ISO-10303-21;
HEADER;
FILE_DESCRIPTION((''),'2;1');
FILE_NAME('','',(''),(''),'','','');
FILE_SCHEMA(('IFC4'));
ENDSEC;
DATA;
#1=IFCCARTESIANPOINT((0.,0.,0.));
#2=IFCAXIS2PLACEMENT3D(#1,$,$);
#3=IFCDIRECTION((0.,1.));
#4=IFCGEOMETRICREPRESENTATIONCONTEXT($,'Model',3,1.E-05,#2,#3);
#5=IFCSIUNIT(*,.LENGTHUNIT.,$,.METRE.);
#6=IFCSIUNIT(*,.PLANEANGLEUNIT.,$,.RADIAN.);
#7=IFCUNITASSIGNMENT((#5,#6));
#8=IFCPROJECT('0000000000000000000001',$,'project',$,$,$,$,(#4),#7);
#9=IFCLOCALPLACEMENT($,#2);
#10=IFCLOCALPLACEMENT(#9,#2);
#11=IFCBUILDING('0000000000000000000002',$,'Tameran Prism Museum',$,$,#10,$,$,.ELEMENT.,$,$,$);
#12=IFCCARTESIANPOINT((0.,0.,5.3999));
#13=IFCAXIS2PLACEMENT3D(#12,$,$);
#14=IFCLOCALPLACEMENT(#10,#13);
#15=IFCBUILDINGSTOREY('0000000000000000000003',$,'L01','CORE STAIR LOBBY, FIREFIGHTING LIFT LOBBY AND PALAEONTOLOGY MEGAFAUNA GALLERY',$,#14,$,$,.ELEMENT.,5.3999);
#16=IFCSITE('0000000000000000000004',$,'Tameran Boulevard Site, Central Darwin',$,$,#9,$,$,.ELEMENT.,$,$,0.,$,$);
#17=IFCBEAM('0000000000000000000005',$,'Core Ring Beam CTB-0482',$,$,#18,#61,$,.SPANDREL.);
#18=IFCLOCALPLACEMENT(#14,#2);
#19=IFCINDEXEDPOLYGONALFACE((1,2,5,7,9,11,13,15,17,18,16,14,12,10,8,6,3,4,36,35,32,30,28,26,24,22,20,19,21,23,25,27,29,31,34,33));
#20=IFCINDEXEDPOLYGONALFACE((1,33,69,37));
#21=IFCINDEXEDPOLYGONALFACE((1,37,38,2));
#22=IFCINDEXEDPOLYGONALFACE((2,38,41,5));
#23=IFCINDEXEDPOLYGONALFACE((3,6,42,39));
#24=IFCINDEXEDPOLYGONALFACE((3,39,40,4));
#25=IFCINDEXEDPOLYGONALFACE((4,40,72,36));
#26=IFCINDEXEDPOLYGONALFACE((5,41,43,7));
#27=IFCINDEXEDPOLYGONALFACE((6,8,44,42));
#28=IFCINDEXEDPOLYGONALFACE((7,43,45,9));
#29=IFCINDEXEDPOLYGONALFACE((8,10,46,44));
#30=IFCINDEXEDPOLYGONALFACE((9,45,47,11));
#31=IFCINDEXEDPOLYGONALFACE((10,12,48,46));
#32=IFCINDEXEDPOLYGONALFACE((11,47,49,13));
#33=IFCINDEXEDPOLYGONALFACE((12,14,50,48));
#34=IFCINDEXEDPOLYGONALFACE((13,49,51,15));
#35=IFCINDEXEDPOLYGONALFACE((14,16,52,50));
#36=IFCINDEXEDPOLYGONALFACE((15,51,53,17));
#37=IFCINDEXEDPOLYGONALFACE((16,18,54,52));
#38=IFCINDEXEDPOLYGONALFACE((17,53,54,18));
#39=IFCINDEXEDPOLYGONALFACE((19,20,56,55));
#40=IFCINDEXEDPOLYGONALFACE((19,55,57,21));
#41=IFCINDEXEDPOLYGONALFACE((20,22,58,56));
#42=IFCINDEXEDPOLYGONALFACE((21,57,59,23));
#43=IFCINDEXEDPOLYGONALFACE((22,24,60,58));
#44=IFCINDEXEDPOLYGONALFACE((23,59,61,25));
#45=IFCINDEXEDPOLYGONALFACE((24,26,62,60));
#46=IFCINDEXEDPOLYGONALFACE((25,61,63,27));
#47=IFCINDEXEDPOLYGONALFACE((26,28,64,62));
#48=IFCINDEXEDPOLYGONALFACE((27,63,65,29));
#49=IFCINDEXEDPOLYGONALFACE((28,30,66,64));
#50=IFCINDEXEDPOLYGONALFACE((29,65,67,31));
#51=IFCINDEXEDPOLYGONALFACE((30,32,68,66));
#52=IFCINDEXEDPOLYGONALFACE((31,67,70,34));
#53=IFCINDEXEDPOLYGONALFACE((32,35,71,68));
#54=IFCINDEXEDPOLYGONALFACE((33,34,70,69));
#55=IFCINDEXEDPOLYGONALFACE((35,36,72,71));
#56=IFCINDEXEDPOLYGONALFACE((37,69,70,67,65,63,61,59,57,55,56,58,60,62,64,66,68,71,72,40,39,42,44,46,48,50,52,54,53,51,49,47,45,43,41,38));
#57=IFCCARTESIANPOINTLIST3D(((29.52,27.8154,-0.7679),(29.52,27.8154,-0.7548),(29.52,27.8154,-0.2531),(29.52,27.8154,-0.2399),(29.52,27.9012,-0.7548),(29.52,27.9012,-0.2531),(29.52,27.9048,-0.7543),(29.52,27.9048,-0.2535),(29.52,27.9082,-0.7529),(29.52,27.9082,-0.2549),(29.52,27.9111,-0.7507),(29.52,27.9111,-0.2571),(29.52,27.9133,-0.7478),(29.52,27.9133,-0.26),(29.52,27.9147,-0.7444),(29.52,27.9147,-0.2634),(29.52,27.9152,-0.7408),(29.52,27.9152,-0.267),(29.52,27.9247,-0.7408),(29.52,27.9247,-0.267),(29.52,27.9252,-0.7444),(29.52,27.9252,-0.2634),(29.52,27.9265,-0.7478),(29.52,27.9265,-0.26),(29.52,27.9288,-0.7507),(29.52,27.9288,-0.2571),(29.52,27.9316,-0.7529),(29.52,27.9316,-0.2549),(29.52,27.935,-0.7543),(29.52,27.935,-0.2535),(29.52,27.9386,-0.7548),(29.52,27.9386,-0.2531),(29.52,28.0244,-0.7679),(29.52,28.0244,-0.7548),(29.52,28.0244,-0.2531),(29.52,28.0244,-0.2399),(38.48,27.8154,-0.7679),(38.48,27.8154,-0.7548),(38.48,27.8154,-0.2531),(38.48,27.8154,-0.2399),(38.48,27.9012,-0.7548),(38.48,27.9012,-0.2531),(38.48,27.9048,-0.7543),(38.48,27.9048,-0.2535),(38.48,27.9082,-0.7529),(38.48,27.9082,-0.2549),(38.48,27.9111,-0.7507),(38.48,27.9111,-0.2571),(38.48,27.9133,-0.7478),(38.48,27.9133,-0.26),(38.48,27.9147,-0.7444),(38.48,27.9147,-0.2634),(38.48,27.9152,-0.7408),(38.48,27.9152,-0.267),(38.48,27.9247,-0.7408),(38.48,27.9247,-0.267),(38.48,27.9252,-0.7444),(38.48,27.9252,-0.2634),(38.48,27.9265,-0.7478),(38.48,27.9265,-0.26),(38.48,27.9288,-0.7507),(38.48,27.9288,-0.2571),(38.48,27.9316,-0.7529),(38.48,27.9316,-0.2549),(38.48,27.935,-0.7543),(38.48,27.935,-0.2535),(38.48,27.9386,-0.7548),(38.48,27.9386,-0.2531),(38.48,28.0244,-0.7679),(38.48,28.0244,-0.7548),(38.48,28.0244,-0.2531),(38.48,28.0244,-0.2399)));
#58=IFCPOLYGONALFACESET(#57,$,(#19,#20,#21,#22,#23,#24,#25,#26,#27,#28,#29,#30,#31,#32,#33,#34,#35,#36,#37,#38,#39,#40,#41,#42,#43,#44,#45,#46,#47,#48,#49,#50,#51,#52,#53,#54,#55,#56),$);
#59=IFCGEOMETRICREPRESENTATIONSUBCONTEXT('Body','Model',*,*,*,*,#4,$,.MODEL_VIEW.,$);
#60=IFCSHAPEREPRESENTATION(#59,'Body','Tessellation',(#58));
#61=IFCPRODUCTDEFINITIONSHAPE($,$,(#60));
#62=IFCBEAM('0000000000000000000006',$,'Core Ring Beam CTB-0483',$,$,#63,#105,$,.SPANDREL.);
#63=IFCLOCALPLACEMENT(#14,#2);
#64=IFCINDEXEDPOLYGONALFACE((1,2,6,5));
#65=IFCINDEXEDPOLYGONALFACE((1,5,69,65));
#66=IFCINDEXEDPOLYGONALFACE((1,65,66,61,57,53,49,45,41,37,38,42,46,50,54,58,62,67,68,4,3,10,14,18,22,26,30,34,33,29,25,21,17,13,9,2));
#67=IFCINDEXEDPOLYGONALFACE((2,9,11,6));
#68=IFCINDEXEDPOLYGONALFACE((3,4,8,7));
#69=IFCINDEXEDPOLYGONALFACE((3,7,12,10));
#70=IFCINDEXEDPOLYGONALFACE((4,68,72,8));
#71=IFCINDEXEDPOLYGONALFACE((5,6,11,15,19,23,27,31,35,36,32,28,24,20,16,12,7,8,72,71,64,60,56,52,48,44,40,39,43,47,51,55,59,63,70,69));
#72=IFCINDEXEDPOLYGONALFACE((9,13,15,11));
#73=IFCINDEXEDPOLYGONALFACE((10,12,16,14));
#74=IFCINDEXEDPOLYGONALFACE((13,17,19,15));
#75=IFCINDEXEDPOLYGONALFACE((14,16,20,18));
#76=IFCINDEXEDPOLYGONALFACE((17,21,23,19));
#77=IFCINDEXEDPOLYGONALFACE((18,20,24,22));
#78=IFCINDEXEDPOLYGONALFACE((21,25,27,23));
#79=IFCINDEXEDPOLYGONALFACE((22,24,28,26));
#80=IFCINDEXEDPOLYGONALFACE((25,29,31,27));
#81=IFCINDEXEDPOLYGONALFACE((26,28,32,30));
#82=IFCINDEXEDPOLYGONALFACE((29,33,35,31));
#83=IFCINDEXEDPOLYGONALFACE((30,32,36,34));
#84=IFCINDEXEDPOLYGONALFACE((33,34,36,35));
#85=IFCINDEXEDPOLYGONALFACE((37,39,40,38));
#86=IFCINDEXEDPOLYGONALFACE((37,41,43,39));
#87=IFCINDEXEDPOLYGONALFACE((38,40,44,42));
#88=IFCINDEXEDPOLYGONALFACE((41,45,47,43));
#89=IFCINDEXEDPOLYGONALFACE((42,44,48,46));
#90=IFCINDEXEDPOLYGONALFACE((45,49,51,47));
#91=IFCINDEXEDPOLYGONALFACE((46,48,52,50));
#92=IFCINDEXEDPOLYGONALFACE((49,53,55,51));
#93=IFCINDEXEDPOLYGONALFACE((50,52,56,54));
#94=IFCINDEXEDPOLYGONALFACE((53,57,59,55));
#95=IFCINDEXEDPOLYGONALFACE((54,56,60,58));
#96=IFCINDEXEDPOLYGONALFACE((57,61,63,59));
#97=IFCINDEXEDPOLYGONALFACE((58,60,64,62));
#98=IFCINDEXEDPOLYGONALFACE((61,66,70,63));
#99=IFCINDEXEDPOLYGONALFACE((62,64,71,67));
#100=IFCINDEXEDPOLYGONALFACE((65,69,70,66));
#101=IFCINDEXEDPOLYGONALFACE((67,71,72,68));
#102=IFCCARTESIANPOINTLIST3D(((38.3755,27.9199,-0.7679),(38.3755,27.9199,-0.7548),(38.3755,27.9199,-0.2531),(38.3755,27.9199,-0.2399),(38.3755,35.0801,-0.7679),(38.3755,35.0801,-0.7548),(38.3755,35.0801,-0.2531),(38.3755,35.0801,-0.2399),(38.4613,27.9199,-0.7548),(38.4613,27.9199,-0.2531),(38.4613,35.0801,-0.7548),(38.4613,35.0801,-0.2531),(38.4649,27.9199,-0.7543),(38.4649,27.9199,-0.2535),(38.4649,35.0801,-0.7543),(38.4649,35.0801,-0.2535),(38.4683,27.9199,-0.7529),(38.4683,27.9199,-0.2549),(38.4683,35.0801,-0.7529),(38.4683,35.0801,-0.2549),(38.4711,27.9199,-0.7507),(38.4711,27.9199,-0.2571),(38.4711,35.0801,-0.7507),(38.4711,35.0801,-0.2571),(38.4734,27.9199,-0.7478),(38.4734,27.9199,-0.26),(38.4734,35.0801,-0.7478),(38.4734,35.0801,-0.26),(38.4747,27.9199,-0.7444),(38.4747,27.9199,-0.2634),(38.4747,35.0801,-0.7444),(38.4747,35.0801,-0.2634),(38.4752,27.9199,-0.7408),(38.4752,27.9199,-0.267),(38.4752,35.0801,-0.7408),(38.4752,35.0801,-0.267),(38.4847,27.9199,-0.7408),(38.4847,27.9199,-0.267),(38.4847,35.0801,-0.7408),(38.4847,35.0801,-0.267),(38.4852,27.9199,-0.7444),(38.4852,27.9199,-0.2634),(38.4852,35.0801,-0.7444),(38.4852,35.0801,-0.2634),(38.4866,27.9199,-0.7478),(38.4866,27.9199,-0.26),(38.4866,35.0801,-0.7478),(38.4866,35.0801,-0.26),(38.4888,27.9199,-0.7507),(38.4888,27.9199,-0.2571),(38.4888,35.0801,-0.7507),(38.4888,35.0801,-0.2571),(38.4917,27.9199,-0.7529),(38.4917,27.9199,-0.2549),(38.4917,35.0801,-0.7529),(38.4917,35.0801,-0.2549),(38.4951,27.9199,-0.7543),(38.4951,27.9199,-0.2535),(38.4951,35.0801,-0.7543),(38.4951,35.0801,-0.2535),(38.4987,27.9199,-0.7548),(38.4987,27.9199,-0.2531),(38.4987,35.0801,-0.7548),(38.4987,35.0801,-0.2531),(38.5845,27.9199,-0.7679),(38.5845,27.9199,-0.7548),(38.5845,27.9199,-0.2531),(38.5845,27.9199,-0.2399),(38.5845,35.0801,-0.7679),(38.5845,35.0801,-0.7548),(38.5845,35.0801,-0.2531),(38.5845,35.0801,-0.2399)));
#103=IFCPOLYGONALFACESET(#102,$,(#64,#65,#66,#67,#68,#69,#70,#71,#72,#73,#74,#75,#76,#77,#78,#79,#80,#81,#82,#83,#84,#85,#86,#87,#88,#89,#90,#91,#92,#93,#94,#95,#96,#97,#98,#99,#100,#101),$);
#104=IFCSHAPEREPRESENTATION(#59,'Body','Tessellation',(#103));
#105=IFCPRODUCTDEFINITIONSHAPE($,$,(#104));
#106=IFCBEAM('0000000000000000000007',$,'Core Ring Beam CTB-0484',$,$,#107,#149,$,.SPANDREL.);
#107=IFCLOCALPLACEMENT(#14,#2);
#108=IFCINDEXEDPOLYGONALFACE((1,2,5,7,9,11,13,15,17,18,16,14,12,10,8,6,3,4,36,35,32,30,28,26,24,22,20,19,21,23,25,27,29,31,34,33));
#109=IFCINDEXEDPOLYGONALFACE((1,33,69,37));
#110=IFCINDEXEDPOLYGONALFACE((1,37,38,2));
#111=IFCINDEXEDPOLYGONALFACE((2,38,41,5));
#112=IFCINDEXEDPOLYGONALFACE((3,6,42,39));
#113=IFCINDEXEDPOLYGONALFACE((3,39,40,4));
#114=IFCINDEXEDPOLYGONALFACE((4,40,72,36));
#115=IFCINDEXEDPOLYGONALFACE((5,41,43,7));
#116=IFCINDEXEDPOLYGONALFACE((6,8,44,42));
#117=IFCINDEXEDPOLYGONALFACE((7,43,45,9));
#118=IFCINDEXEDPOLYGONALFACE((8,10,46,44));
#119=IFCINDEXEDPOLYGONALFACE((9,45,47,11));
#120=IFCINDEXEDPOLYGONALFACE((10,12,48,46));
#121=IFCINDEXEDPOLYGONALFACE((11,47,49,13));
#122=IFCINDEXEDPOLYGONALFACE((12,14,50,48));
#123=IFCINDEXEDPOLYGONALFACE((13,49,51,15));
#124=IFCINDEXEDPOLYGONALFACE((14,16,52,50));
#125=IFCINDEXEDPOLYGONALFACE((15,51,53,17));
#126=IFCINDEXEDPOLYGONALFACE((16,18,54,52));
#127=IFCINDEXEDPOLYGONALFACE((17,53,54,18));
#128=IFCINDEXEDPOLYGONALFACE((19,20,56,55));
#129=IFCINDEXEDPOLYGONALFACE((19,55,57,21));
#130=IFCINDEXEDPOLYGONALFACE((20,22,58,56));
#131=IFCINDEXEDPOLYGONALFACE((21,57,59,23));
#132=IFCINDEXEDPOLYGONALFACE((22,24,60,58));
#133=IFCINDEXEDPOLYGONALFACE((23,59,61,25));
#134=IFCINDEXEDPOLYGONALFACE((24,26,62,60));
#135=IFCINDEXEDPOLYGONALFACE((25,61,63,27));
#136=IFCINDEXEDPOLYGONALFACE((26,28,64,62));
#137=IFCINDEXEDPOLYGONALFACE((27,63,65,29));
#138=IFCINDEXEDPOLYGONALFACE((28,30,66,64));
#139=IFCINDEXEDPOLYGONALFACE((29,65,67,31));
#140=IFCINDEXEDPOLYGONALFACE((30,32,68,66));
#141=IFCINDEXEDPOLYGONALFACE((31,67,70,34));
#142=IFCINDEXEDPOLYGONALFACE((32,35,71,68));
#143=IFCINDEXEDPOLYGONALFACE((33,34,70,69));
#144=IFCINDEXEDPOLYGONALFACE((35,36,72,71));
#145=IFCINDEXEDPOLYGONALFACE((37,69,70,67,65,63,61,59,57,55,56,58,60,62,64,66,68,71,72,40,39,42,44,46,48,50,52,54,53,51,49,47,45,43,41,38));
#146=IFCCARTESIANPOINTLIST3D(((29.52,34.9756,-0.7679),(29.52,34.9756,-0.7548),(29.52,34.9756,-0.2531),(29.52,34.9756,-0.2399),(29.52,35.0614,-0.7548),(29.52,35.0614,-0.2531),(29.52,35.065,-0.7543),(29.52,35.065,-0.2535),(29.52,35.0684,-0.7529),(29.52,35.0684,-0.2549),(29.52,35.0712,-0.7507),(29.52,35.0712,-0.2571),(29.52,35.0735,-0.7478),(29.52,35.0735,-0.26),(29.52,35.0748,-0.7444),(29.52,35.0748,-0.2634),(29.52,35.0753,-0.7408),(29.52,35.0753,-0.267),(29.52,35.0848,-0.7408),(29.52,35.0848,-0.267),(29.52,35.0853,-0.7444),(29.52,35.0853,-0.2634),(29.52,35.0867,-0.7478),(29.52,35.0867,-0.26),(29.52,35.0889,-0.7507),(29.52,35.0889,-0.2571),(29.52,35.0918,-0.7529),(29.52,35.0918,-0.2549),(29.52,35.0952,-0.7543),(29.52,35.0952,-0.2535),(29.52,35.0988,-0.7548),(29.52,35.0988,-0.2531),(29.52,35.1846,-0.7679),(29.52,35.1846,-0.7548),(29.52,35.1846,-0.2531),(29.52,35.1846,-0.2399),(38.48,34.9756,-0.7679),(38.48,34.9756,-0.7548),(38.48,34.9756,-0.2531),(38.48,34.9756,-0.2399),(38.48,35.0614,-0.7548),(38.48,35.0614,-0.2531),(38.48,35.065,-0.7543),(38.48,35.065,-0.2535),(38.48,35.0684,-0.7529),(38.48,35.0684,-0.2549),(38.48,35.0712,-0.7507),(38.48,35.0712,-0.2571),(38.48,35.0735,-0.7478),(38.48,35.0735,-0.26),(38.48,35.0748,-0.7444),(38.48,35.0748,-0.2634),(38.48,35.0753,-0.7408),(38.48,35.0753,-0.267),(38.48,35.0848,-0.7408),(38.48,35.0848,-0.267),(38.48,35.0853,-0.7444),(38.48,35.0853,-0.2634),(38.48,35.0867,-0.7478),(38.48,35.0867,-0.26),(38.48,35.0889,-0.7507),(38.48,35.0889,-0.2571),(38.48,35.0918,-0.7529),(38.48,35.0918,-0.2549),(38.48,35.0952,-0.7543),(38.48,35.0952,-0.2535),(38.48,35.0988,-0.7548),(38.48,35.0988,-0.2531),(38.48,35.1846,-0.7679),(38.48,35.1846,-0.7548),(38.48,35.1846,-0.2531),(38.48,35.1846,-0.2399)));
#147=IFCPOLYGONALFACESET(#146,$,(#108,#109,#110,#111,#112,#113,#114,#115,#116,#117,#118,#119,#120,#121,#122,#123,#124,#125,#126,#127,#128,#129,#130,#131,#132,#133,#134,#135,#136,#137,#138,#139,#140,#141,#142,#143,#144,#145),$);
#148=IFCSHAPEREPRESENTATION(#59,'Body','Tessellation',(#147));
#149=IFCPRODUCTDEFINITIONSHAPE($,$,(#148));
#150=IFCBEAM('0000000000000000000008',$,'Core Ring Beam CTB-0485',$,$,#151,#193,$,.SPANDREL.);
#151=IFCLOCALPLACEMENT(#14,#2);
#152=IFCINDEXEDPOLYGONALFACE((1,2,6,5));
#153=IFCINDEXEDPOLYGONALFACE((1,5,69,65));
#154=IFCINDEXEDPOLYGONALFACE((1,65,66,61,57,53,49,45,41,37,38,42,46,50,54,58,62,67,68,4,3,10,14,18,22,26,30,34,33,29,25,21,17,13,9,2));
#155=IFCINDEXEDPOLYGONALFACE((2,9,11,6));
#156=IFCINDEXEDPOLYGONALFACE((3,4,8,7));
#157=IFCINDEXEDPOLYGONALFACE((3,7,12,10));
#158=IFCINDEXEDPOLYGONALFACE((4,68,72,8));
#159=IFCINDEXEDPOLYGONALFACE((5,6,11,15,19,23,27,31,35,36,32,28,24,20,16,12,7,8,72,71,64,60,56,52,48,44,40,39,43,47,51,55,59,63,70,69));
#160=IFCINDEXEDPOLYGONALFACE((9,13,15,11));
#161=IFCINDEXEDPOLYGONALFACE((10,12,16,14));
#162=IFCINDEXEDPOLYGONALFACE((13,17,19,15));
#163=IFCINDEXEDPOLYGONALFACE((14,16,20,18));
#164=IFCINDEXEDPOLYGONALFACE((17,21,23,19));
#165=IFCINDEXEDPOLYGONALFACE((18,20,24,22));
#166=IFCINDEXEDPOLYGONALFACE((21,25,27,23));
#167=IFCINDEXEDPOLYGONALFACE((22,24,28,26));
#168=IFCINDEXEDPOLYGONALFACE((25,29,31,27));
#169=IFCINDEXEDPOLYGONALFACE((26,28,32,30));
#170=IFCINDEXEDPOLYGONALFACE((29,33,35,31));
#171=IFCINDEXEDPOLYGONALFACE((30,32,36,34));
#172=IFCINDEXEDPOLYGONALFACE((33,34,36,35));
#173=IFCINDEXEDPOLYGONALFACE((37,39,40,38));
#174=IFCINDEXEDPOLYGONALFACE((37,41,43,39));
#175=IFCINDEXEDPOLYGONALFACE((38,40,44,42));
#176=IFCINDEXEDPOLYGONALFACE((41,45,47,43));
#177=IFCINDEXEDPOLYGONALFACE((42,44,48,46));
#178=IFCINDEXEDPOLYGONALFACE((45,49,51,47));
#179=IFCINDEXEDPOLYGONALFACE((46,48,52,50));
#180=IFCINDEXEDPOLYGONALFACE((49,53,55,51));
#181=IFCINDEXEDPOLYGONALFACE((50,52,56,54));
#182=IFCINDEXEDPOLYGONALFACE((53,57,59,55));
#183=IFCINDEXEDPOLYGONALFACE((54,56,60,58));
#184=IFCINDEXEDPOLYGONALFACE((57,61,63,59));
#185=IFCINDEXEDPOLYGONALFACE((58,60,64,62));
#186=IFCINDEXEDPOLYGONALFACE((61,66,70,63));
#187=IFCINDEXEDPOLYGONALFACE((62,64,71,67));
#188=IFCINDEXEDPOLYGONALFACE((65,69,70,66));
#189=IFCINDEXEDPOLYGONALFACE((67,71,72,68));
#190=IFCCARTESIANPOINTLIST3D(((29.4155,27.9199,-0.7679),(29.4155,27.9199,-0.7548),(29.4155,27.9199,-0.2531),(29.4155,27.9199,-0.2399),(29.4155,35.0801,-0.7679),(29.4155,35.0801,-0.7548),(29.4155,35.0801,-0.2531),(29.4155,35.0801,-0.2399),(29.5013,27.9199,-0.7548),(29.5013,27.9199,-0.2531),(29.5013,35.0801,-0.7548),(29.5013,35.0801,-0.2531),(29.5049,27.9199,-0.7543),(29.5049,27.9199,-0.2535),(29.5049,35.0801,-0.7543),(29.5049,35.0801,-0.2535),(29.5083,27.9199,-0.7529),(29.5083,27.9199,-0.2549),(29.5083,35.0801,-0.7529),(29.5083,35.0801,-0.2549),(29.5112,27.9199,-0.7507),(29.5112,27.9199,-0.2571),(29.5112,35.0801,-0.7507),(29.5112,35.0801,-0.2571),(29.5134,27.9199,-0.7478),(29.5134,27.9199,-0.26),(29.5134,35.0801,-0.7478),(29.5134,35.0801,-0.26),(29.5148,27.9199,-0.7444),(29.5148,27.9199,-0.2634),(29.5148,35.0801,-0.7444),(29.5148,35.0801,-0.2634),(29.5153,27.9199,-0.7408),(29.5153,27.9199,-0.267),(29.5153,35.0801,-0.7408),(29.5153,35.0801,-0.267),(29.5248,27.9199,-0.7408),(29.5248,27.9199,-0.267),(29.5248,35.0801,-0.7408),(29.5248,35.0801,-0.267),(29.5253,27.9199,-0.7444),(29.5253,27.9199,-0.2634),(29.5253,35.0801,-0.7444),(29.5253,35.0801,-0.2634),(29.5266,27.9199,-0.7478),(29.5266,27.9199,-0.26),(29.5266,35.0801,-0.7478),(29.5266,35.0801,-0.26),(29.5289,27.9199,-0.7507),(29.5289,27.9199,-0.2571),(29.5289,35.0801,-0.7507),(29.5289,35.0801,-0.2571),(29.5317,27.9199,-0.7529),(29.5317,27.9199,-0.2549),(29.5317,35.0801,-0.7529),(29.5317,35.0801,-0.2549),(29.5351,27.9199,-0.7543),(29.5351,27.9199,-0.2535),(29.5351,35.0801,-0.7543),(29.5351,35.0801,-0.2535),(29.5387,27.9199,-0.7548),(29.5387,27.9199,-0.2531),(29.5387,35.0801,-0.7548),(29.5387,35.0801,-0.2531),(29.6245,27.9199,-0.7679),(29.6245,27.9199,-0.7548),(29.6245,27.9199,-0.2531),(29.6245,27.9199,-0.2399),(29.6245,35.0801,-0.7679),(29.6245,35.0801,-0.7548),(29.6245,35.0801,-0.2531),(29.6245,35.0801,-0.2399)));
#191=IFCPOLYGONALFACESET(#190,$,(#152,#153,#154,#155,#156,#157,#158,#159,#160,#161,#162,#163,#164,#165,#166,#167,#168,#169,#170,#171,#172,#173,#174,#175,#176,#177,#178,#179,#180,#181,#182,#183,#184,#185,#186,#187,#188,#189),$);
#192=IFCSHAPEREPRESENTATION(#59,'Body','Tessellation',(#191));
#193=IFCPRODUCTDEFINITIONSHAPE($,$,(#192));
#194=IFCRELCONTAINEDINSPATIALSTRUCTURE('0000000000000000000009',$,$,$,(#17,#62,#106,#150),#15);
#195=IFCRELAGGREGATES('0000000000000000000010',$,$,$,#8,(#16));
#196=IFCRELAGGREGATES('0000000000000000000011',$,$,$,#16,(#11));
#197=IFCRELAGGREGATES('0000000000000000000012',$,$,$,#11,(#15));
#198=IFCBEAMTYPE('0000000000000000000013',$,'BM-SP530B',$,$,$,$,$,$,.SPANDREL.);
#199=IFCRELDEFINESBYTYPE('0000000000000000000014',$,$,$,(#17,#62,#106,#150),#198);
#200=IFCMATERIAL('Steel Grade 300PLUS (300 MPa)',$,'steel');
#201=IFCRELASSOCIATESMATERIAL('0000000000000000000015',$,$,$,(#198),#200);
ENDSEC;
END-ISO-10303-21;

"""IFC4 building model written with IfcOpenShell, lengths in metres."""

from ifc_helpers import new_model, si_unit, direction, frame, origin, origin_2d, place, context, subcontext, project, spatial, i_section, extrude, material, material_profile, profile_set, type_object, element, save


model = new_model("IFC4")

# Units and contexts
model_context = context("Model", 3, precision=1e-05, world=origin(), true_north=direction((0.0, 1.0)))
body_context = subcontext(model_context, "Body", "Model", "MODEL_VIEW")
ifc_project = project(units=[si_unit("LENGTHUNIT", "METRE"), si_unit("PLANEANGLEUNIT", "RADIAN")], contexts=[model_context])

# Site, building, storey
site_placement = place(None, origin())
site = spatial("IfcSite", under=ifc_project, at=site_placement, Name="Tameran Boulevard Site, Central Darwin", CompositionType="ELEMENT", RefElevation=0.0)
building_placement = place(site_placement, origin())
building = spatial("IfcBuilding", under=site, at=building_placement, Name="Tameran Prism Museum", CompositionType="ELEMENT")
storey_placement = place(building_placement, frame((0.0, 0.0, 5.3999)))
storey = spatial("IfcBuildingStorey", under=building, at=storey_placement, Name="L01", Description="CORE STAIR LOBBY, FIREFIGHTING LIFT LOBBY AND PALAEONTOLOGY MEGAFAUNA GALLERY", CompositionType="ELEMENT", Elevation=5.3999)

# Beams
ifc_material_1 = material(Name="Steel Grade 300PLUS (300 MPa)", Category="steel")
ifc_material_profile_1 = material_profile(ifc_material_1, i_section(OverallWidth=0.209, OverallDepth=0.5281, WebThickness=0.0095, FlangeThickness=0.0132, FilletRadius=0.0139, at=origin_2d()))
ifc_profile_set_1 = profile_set([ifc_material_profile_1])
beam_type_1 = type_object("IfcBeamType", Name="BM-SP530B", PredefinedType="SPANDREL", material=ifc_profile_set_1)
beam_1_placement = place(storey_placement, frame((29.52, 27.9199, -0.5039), z_axis=(1.0, 0.0, 0.0), x_axis=(0.0, 1.0, 0.0)))
element("IfcBeam", 1, at=beam_1_placement, inside=storey, type_object=beam_type_1, Name="Core Ring Beam CTB-0482", PredefinedType="SPANDREL", context=body_context, shape_type="SweptSolid", body=[
    extrude(i_section(OverallWidth=0.209, OverallDepth=0.5281, WebThickness=0.0095, FlangeThickness=0.0132, FilletRadius=0.0139, at=origin_2d()), origin(), (0.0, 0.0, 1.0), 8.96),
])
beam_2_placement = place(storey_placement, frame((38.48, 27.9199, -0.5039), z_axis=(0.0, 1.0, 0.0), x_axis=(-1.0, 0.0, 0.0)))
element("IfcBeam", 2, at=beam_2_placement, inside=storey, type_object=beam_type_1, Name="Core Ring Beam CTB-0483", PredefinedType="SPANDREL", context=body_context, shape_type="SweptSolid", body=[
    extrude(i_section(OverallWidth=0.209, OverallDepth=0.5281, WebThickness=0.0095, FlangeThickness=0.0132, FilletRadius=0.0139, at=origin_2d()), origin(), (0.0, 0.0, 1.0), 7.1602),
])
beam_3_placement = place(storey_placement, frame((38.48, 35.0801, -0.5039), z_axis=(-1.0, 0.0, 0.0), x_axis=(0.0, -1.0, 0.0)))
element("IfcBeam", 3, at=beam_3_placement, inside=storey, type_object=beam_type_1, Name="Core Ring Beam CTB-0484", PredefinedType="SPANDREL", context=body_context, shape_type="SweptSolid", body=[
    extrude(i_section(OverallWidth=0.209, OverallDepth=0.5281, WebThickness=0.0095, FlangeThickness=0.0132, FilletRadius=0.0139, at=origin_2d()), origin(), (0.0, 0.0, 1.0), 8.96),
])
beam_4_placement = place(storey_placement, frame((29.52, 35.0801, -0.5039), z_axis=(0.0, -1.0, 0.0), x_axis=(1.0, 0.0, 0.0)))
element("IfcBeam", 4, at=beam_4_placement, inside=storey, type_object=beam_type_1, Name="Core Ring Beam CTB-0485", PredefinedType="SPANDREL", context=body_context, shape_type="SweptSolid", body=[
    extrude(i_section(OverallWidth=0.209, OverallDepth=0.5281, WebThickness=0.0095, FlangeThickness=0.0132, FilletRadius=0.0139, at=origin_2d()), origin(), (0.0, 0.0, 1.0), 7.1602),
])

save(model, "model.ifc")
